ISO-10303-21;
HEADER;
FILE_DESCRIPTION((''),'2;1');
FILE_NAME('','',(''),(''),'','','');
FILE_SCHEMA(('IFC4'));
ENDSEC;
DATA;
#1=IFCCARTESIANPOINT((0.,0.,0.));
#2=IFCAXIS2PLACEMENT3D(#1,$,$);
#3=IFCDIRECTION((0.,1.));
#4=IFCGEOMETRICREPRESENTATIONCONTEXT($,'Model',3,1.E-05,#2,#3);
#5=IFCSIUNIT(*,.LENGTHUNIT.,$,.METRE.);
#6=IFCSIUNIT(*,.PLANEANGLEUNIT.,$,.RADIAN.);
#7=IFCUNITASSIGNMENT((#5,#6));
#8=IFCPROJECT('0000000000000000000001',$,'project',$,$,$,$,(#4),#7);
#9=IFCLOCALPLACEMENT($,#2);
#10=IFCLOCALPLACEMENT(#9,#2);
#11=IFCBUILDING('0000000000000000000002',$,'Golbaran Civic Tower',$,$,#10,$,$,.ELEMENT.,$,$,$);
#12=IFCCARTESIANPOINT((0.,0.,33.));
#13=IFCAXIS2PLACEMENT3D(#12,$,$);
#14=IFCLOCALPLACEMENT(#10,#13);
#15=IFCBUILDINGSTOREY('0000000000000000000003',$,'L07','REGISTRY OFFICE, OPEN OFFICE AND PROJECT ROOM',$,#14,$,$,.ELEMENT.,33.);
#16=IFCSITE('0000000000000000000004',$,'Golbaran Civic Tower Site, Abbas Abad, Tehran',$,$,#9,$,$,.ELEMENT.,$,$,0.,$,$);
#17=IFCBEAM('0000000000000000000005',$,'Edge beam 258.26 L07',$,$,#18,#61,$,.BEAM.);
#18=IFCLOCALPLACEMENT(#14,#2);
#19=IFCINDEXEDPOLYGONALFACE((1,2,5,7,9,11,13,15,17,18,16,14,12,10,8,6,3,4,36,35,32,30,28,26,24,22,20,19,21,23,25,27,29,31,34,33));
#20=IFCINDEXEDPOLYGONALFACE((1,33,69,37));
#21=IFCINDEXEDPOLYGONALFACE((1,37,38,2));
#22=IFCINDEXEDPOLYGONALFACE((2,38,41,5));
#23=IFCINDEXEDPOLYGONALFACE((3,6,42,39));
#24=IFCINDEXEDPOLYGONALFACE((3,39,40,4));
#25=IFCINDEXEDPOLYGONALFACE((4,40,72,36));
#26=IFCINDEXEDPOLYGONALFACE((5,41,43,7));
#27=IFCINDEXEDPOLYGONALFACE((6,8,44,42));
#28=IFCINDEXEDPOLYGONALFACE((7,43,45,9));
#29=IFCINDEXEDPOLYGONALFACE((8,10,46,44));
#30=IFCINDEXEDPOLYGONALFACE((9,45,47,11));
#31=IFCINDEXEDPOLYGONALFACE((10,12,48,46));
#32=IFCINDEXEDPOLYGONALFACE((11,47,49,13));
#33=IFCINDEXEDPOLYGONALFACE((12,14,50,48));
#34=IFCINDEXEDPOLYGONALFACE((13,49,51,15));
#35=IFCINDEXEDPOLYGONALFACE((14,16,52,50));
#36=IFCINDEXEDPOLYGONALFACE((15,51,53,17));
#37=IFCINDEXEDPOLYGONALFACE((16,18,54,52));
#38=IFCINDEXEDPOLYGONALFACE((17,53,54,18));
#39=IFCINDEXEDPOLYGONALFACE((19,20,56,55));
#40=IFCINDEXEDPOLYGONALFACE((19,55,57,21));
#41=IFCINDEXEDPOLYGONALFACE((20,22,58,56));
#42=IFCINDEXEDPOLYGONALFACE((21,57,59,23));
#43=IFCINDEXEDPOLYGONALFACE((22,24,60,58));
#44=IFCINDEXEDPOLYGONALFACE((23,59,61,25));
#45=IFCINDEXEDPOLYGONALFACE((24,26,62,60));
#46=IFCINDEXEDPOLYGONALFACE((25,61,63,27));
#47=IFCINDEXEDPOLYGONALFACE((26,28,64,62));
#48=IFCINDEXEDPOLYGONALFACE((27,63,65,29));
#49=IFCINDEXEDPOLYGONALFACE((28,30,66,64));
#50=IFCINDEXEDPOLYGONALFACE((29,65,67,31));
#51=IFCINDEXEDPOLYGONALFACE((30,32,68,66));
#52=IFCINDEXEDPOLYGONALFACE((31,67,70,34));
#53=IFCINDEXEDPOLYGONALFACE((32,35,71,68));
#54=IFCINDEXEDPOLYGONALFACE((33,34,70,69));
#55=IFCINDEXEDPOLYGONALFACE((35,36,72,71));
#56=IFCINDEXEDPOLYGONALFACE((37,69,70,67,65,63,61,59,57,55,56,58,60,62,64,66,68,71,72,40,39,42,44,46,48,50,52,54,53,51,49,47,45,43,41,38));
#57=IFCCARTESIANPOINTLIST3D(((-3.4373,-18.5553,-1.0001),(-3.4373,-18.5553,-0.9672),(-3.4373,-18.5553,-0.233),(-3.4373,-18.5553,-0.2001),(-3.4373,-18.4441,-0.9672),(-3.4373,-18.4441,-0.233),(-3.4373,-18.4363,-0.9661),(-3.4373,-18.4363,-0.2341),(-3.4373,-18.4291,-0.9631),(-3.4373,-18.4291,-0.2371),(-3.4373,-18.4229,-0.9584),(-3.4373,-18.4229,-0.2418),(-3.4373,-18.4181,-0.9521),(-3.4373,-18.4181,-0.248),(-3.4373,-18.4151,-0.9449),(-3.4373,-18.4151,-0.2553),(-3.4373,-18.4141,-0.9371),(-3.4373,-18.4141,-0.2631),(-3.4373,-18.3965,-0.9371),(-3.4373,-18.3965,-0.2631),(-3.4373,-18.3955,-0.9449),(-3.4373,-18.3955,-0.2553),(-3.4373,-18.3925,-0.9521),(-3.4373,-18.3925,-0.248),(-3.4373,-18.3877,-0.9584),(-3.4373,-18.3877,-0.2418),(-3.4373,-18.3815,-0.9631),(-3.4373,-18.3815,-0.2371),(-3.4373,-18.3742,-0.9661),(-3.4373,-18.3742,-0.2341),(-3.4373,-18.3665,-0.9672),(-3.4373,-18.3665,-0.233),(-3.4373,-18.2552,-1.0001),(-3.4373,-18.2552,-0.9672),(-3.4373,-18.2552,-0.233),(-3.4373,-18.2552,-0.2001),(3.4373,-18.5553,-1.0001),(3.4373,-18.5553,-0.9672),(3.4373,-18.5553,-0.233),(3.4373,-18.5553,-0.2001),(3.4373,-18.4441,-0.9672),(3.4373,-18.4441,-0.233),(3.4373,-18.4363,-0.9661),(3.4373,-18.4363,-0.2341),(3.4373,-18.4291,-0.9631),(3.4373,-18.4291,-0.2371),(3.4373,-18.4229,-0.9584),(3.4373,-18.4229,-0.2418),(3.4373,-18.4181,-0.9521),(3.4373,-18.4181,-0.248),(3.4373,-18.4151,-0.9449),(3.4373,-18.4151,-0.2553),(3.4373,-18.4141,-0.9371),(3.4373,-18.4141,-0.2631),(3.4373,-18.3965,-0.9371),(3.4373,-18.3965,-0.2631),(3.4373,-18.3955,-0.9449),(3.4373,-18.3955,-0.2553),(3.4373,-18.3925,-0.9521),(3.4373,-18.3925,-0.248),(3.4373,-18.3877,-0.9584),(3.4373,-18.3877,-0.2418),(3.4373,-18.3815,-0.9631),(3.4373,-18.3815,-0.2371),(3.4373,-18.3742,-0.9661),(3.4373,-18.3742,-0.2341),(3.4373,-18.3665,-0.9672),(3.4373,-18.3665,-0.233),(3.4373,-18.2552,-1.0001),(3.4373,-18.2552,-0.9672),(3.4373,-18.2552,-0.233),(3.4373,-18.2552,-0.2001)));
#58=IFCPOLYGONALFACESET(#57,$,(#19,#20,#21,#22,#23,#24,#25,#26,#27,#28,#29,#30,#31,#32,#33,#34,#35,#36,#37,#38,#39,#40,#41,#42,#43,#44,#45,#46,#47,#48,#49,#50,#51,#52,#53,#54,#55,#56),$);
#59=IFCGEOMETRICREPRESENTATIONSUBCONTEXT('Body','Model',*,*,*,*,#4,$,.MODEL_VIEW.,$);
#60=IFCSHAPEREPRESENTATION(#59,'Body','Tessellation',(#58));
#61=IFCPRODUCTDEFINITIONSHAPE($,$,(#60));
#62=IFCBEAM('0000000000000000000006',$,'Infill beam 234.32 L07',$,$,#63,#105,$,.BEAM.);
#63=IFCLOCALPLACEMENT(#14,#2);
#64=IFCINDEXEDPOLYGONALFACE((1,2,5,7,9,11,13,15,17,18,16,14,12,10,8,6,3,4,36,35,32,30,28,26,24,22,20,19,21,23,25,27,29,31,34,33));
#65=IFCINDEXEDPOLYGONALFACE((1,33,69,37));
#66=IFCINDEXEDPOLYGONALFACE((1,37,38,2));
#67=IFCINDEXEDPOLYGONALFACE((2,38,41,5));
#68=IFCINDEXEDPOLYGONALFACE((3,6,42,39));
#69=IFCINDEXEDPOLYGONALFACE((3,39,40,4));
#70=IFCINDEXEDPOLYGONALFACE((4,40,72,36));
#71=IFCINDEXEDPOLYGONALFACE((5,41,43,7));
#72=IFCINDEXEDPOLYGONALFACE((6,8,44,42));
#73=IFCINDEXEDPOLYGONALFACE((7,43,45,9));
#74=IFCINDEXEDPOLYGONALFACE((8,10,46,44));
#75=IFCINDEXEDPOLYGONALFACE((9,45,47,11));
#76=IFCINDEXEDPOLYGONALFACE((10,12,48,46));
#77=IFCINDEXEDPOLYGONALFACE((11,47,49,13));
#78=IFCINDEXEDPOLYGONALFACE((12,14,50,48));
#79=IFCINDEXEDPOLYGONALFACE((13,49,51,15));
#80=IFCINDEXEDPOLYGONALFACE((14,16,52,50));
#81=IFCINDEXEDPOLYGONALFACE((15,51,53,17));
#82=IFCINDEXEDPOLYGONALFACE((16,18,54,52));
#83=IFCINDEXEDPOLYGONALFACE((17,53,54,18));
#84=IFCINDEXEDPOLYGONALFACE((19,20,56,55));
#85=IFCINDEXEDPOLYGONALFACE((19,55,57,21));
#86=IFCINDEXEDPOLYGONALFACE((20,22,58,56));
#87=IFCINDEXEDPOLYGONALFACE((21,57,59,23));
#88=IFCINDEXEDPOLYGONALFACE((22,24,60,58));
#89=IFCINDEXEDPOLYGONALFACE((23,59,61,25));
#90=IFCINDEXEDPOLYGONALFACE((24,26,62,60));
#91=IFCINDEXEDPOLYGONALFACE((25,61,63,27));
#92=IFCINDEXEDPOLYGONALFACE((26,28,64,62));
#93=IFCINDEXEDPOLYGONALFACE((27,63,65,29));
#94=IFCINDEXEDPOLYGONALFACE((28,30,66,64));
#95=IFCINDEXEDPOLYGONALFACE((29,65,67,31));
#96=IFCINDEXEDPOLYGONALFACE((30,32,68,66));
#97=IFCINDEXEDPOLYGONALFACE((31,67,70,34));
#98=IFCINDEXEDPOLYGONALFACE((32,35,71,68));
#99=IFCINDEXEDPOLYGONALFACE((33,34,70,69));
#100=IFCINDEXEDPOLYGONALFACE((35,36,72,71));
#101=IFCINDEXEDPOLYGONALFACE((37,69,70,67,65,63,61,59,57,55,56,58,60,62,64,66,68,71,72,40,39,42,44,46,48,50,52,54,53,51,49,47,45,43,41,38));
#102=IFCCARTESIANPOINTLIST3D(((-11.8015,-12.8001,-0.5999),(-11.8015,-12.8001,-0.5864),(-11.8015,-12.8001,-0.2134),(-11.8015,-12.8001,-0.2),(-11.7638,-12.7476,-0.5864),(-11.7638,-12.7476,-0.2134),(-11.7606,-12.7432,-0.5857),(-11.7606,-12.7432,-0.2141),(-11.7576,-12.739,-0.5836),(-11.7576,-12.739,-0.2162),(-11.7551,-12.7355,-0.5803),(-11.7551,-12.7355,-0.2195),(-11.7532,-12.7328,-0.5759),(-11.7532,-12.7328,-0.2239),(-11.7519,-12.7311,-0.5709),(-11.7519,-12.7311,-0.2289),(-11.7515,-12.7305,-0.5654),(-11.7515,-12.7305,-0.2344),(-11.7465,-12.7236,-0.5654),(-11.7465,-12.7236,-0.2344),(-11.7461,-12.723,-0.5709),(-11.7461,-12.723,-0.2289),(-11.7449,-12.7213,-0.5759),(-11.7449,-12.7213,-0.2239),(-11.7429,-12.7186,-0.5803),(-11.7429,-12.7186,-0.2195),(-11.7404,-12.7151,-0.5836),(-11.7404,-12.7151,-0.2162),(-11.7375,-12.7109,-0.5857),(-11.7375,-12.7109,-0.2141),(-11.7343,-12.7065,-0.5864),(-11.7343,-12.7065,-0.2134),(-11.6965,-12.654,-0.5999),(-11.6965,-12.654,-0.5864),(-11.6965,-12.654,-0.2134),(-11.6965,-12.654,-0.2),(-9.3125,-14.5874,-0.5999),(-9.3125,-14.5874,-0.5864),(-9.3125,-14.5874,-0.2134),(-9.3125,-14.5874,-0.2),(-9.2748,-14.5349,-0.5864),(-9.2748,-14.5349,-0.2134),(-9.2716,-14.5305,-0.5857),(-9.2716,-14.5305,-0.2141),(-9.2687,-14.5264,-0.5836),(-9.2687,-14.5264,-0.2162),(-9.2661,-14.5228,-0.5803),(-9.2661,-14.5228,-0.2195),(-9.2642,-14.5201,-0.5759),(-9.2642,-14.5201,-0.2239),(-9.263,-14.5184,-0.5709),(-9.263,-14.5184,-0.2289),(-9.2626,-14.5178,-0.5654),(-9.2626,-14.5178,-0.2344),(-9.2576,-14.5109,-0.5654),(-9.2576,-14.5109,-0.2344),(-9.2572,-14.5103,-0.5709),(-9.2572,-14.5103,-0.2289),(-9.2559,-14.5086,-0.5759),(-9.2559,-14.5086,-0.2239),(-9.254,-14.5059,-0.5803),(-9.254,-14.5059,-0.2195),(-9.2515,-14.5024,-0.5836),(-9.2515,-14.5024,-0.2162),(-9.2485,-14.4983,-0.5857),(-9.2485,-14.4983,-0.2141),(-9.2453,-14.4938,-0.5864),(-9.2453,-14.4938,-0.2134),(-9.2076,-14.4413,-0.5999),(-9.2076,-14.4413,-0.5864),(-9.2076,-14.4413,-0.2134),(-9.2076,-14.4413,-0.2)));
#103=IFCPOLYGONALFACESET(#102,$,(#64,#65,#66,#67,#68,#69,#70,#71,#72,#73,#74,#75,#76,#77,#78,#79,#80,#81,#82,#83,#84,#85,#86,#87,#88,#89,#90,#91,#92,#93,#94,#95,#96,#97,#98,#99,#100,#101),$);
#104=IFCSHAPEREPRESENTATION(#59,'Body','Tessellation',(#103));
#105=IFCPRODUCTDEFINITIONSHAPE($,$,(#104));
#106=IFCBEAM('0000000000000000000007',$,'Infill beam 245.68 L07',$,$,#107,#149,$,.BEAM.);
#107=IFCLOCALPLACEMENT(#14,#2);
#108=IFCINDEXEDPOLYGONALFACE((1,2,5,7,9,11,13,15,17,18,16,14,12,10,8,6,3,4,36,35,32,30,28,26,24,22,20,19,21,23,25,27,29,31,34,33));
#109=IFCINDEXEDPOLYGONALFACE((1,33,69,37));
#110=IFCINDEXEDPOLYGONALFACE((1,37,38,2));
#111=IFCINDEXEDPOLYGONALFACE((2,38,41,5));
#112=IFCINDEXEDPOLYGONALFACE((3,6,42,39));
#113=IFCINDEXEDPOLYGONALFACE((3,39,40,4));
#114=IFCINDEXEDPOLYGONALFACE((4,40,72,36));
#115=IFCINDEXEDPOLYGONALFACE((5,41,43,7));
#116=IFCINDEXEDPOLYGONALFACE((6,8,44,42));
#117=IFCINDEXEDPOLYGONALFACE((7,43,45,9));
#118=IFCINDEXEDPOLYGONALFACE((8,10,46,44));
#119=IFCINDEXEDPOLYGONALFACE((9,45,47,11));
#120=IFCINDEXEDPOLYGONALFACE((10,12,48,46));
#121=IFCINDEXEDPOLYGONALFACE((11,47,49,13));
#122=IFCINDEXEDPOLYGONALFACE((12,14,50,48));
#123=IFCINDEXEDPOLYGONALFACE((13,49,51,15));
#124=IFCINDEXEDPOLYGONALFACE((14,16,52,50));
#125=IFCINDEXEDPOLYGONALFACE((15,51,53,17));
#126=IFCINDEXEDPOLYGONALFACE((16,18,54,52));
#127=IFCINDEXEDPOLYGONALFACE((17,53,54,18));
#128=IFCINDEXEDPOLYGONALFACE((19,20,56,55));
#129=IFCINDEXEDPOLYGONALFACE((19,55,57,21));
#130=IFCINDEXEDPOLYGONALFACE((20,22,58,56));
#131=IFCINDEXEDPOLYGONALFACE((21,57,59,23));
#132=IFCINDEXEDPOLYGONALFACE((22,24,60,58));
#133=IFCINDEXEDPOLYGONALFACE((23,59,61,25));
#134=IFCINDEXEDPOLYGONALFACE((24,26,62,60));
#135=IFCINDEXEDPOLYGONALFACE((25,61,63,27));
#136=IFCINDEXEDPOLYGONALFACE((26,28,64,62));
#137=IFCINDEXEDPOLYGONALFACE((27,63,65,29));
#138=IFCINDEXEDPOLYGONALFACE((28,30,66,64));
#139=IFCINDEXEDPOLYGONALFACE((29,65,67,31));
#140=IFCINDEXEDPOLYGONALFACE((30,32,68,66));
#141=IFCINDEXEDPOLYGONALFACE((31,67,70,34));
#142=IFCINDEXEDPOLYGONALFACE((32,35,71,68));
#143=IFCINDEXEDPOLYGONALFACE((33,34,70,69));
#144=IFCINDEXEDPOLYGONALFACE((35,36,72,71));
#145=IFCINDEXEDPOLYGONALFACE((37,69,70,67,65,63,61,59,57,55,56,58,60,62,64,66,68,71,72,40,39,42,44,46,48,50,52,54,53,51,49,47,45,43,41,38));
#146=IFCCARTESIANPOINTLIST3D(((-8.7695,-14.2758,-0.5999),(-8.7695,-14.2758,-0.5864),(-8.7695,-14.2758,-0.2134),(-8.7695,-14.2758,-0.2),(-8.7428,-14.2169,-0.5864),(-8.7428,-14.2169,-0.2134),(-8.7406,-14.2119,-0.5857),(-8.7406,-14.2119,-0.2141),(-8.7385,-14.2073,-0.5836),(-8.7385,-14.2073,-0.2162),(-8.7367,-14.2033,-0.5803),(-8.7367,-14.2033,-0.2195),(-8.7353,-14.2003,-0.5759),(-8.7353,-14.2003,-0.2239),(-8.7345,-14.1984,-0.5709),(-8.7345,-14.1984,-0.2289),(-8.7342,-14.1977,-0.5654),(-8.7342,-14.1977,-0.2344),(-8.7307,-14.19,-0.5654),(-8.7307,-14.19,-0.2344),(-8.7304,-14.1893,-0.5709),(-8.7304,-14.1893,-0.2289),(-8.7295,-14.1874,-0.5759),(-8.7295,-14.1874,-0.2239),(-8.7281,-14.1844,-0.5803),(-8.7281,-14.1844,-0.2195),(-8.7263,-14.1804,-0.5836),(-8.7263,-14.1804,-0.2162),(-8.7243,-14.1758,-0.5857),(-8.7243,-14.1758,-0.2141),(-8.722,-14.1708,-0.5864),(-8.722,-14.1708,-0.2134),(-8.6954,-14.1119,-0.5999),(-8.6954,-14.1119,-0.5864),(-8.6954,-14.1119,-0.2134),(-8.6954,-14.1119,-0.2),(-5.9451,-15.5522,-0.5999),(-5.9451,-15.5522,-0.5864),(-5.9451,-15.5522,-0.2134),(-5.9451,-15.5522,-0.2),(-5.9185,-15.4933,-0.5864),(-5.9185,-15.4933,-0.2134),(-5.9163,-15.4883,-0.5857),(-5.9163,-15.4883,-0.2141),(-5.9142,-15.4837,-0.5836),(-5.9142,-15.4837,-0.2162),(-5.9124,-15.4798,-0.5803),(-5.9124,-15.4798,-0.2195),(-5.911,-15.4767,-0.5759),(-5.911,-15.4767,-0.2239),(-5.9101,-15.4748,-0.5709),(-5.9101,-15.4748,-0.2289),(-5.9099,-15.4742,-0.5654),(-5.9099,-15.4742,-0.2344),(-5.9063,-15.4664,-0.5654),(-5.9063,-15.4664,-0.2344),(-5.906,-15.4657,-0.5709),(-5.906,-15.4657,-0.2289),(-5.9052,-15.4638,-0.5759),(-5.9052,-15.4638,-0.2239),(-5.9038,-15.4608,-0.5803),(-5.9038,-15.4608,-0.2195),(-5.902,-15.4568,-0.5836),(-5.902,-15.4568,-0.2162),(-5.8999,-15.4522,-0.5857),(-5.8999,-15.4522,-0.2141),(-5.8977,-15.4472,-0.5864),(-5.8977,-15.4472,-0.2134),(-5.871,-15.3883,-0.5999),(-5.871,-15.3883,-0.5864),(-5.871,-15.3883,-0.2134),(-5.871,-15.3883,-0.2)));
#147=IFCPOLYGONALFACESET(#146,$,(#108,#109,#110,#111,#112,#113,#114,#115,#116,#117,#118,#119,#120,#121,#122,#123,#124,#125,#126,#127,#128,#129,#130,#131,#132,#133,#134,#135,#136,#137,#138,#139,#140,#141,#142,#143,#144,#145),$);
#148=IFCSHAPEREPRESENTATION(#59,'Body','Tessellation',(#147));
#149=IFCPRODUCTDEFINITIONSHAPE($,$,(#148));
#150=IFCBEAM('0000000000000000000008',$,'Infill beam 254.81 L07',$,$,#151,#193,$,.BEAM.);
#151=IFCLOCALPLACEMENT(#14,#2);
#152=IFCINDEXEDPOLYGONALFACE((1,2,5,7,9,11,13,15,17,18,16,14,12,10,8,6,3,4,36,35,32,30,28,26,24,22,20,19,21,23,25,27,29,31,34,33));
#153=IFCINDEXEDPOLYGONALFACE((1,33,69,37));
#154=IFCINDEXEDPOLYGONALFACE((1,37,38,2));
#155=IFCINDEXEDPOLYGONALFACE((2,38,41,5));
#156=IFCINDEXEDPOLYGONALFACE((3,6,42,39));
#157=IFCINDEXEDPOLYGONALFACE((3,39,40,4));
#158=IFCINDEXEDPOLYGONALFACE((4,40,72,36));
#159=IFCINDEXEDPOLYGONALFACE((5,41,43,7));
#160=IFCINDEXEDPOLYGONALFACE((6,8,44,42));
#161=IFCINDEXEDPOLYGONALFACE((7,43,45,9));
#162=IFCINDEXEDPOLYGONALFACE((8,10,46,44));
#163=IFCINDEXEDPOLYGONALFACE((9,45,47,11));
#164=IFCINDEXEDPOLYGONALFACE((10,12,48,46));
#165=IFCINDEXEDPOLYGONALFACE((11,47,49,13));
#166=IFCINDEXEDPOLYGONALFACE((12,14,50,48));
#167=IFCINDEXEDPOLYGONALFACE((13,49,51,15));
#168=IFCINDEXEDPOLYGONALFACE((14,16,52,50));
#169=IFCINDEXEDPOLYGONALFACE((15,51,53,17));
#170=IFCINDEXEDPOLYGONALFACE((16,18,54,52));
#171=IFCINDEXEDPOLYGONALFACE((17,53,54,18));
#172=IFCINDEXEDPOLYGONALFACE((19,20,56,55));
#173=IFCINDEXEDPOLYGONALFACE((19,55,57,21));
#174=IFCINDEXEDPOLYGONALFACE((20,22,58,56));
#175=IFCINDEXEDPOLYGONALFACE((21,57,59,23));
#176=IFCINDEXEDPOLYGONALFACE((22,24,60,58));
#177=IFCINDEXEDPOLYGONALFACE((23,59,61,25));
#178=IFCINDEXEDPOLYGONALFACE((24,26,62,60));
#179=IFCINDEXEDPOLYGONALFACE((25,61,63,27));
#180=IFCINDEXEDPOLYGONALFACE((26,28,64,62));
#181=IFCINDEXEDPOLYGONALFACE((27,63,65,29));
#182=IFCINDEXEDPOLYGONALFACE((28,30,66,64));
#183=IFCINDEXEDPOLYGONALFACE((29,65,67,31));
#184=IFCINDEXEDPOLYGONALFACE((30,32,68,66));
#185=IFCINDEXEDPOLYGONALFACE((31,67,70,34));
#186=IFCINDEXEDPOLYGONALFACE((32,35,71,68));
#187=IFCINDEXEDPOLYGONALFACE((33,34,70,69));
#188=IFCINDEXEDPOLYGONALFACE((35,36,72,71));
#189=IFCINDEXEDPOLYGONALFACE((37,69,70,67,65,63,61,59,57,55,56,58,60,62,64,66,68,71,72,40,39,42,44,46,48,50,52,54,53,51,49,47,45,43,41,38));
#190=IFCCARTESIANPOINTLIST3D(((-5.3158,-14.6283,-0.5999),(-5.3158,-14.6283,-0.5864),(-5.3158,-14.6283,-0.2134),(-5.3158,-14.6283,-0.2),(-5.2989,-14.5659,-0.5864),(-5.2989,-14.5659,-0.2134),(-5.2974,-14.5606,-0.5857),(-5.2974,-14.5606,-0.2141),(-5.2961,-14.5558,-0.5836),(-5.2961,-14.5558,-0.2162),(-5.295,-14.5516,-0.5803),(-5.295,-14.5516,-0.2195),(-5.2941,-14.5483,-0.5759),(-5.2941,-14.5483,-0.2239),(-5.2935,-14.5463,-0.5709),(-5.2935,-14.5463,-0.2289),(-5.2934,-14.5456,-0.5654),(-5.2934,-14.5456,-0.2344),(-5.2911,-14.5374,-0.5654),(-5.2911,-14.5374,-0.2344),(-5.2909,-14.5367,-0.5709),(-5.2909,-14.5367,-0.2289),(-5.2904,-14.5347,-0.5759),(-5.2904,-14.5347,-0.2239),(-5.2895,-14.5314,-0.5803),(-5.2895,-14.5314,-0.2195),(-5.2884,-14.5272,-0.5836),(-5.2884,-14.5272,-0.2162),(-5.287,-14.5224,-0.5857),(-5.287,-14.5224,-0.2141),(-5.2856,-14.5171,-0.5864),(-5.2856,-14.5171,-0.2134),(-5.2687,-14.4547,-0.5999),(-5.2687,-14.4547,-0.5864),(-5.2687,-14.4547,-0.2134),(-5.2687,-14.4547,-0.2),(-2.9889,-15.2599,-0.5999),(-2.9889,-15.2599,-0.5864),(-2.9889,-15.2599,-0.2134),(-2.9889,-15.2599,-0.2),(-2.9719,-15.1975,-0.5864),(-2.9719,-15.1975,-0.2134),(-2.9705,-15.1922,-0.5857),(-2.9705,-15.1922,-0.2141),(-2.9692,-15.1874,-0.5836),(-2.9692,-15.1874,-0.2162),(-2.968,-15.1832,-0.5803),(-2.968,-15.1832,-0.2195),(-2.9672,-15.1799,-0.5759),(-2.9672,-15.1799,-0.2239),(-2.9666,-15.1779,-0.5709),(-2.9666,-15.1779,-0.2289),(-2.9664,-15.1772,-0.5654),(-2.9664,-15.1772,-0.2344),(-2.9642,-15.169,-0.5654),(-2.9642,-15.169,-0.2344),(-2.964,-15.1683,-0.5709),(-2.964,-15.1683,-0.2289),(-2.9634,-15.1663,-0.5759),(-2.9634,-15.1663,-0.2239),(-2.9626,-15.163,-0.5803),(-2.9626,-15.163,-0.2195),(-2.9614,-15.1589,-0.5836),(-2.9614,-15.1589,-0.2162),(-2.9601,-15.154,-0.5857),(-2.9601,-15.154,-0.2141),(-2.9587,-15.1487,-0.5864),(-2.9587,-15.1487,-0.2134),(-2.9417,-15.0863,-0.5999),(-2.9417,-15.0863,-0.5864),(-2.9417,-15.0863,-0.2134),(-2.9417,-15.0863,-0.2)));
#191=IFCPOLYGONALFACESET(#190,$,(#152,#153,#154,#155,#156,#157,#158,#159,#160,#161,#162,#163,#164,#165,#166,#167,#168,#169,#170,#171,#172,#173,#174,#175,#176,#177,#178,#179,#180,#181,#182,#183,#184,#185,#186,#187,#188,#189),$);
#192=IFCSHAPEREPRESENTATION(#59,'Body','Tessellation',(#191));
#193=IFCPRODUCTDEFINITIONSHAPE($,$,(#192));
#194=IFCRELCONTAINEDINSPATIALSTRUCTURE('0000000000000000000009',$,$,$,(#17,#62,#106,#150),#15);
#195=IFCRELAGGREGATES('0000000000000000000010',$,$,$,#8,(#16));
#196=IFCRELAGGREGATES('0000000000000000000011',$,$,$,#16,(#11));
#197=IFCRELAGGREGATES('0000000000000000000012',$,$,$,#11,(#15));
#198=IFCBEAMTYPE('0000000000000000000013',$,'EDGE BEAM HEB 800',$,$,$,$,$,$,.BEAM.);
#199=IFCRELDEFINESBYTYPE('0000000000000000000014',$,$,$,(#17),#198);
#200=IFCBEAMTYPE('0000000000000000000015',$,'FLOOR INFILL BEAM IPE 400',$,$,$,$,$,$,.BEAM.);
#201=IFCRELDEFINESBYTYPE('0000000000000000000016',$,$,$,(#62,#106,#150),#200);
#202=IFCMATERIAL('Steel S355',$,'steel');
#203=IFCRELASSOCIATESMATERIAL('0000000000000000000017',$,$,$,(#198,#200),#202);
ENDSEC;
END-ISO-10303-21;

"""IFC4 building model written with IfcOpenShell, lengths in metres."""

from ifc_helpers import new_model, si_unit, direction, frame, origin, origin_2d, place, context, subcontext, project, spatial, i_section, extrude, material, material_profile, profile_set, type_object, element, save


model = new_model("IFC4")

# Units and contexts
model_context = context("Model", 3, precision=1e-05, world=origin(), true_north=direction((0.0, 1.0)))
body_context = subcontext(model_context, "Body", "Model", "MODEL_VIEW")
ifc_project = project(units=[si_unit("LENGTHUNIT", "METRE"), si_unit("PLANEANGLEUNIT", "RADIAN")], contexts=[model_context])

# Site, building, storey
site_placement = place(None, origin())
site = spatial("IfcSite", under=ifc_project, at=site_placement, Name="Golbaran Civic Tower Site, Abbas Abad, Tehran", CompositionType="ELEMENT", RefElevation=0.0)
building_placement = place(site_placement, origin())
building = spatial("IfcBuilding", under=site, at=building_placement, Name="Golbaran Civic Tower", CompositionType="ELEMENT")
storey_placement = place(building_placement, frame((0.0, 0.0, 33.0)))
storey = spatial("IfcBuildingStorey", under=building, at=storey_placement, Name="L07", Description="REGISTRY OFFICE, OPEN OFFICE AND PROJECT ROOM", CompositionType="ELEMENT", Elevation=33.0)

# Beams
ifc_material_1 = material(Name="Steel S355", Category="steel")
ifc_material_profile_1 = material_profile(ifc_material_1, i_section(OverallWidth=0.3, OverallDepth=0.8, WebThickness=0.0176, FlangeThickness=0.033, FilletRadius=0.03, at=origin_2d()), Name="HEB 800")
ifc_profile_set_1 = profile_set([ifc_material_profile_1], Name="Steel S355")
beam_type_1 = type_object("IfcBeamType", Name="EDGE BEAM HEB 800", PredefinedType="BEAM", material=ifc_profile_set_1)
beam_1_placement = place(storey_placement, frame((-3.4373, -18.4053, -0.6001), z_axis=(1.0, 0.0, 0.0), x_axis=(0.0, 1.0, 0.0)))
element("IfcBeam", 1, at=beam_1_placement, inside=storey, type_object=beam_type_1, Name="Edge beam 258.26 L07", PredefinedType="BEAM", context=body_context, shape_type="SweptSolid", body=[
    extrude(i_section(OverallWidth=0.3, OverallDepth=0.8, WebThickness=0.0176, FlangeThickness=0.033, FilletRadius=0.03, at=origin_2d()), origin(), (0.0, 0.0, 1.0), 6.8745),
])
ifc_material_profile_2 = material_profile(ifc_material_1, i_section(OverallWidth=0.1799, OverallDepth=0.3999, WebThickness=0.0085, FlangeThickness=0.0134, FilletRadius=0.021, at=origin_2d()), Name="IPE 400")
ifc_profile_set_2 = profile_set([ifc_material_profile_2], Name="Steel S355")
beam_type_2 = type_object("IfcBeamType", Name="FLOOR INFILL BEAM IPE 400", PredefinedType="BEAM", material=ifc_profile_set_2)
beam_2_placement = place(storey_placement, frame((-11.749, -12.7271, -0.3999), z_axis=(0.812267, -0.583286, 0.0), x_axis=(0.583286, 0.812267, 0.0)))
element("IfcBeam", 2, at=beam_2_placement, inside=storey, type_object=beam_type_2, Name="Infill beam 234.32 L07", PredefinedType="BEAM", context=body_context, shape_type="SweptSolid", body=[
    extrude(i_section(OverallWidth=0.1799, OverallDepth=0.3999, WebThickness=0.0085, FlangeThickness=0.0134, FilletRadius=0.021, at=origin_2d()), origin(), (0.0, 0.0, 1.0), 3.0642),
])
beam_3_placement = place(storey_placement, frame((-8.7324, -14.1938, -0.3999), z_axis=(0.91126, -0.411832, 0.0), x_axis=(0.411832, 0.91126, 0.0)))
element("IfcBeam", 3, at=beam_3_placement, inside=storey, type_object=beam_type_2, Name="Infill beam 245.68 L07", PredefinedType="BEAM", context=body_context, shape_type="SweptSolid", body=[
    extrude(i_section(OverallWidth=0.1799, OverallDepth=0.3999, WebThickness=0.0085, FlangeThickness=0.0134, FilletRadius=0.021, at=origin_2d()), origin(), (0.0, 0.0, 1.0), 3.0994),
])
beam_4_placement = place(storey_placement, frame((-5.2922, -14.5415, -0.3999), z_axis=(0.965081, -0.261952, 0.0), x_axis=(0.261952, 0.965081, 0.0)))
element("IfcBeam", 4, at=beam_4_placement, inside=storey, type_object=beam_type_2, Name="Infill beam 254.81 L07", PredefinedType="BEAM", context=body_context, shape_type="SweptSolid", body=[
    extrude(i_section(OverallWidth=0.1799, OverallDepth=0.3999, WebThickness=0.0085, FlangeThickness=0.0134, FilletRadius=0.021, at=origin_2d()), origin(), (0.0, 0.0, 1.0), 2.4111),
])

save(model, "model.ifc")
